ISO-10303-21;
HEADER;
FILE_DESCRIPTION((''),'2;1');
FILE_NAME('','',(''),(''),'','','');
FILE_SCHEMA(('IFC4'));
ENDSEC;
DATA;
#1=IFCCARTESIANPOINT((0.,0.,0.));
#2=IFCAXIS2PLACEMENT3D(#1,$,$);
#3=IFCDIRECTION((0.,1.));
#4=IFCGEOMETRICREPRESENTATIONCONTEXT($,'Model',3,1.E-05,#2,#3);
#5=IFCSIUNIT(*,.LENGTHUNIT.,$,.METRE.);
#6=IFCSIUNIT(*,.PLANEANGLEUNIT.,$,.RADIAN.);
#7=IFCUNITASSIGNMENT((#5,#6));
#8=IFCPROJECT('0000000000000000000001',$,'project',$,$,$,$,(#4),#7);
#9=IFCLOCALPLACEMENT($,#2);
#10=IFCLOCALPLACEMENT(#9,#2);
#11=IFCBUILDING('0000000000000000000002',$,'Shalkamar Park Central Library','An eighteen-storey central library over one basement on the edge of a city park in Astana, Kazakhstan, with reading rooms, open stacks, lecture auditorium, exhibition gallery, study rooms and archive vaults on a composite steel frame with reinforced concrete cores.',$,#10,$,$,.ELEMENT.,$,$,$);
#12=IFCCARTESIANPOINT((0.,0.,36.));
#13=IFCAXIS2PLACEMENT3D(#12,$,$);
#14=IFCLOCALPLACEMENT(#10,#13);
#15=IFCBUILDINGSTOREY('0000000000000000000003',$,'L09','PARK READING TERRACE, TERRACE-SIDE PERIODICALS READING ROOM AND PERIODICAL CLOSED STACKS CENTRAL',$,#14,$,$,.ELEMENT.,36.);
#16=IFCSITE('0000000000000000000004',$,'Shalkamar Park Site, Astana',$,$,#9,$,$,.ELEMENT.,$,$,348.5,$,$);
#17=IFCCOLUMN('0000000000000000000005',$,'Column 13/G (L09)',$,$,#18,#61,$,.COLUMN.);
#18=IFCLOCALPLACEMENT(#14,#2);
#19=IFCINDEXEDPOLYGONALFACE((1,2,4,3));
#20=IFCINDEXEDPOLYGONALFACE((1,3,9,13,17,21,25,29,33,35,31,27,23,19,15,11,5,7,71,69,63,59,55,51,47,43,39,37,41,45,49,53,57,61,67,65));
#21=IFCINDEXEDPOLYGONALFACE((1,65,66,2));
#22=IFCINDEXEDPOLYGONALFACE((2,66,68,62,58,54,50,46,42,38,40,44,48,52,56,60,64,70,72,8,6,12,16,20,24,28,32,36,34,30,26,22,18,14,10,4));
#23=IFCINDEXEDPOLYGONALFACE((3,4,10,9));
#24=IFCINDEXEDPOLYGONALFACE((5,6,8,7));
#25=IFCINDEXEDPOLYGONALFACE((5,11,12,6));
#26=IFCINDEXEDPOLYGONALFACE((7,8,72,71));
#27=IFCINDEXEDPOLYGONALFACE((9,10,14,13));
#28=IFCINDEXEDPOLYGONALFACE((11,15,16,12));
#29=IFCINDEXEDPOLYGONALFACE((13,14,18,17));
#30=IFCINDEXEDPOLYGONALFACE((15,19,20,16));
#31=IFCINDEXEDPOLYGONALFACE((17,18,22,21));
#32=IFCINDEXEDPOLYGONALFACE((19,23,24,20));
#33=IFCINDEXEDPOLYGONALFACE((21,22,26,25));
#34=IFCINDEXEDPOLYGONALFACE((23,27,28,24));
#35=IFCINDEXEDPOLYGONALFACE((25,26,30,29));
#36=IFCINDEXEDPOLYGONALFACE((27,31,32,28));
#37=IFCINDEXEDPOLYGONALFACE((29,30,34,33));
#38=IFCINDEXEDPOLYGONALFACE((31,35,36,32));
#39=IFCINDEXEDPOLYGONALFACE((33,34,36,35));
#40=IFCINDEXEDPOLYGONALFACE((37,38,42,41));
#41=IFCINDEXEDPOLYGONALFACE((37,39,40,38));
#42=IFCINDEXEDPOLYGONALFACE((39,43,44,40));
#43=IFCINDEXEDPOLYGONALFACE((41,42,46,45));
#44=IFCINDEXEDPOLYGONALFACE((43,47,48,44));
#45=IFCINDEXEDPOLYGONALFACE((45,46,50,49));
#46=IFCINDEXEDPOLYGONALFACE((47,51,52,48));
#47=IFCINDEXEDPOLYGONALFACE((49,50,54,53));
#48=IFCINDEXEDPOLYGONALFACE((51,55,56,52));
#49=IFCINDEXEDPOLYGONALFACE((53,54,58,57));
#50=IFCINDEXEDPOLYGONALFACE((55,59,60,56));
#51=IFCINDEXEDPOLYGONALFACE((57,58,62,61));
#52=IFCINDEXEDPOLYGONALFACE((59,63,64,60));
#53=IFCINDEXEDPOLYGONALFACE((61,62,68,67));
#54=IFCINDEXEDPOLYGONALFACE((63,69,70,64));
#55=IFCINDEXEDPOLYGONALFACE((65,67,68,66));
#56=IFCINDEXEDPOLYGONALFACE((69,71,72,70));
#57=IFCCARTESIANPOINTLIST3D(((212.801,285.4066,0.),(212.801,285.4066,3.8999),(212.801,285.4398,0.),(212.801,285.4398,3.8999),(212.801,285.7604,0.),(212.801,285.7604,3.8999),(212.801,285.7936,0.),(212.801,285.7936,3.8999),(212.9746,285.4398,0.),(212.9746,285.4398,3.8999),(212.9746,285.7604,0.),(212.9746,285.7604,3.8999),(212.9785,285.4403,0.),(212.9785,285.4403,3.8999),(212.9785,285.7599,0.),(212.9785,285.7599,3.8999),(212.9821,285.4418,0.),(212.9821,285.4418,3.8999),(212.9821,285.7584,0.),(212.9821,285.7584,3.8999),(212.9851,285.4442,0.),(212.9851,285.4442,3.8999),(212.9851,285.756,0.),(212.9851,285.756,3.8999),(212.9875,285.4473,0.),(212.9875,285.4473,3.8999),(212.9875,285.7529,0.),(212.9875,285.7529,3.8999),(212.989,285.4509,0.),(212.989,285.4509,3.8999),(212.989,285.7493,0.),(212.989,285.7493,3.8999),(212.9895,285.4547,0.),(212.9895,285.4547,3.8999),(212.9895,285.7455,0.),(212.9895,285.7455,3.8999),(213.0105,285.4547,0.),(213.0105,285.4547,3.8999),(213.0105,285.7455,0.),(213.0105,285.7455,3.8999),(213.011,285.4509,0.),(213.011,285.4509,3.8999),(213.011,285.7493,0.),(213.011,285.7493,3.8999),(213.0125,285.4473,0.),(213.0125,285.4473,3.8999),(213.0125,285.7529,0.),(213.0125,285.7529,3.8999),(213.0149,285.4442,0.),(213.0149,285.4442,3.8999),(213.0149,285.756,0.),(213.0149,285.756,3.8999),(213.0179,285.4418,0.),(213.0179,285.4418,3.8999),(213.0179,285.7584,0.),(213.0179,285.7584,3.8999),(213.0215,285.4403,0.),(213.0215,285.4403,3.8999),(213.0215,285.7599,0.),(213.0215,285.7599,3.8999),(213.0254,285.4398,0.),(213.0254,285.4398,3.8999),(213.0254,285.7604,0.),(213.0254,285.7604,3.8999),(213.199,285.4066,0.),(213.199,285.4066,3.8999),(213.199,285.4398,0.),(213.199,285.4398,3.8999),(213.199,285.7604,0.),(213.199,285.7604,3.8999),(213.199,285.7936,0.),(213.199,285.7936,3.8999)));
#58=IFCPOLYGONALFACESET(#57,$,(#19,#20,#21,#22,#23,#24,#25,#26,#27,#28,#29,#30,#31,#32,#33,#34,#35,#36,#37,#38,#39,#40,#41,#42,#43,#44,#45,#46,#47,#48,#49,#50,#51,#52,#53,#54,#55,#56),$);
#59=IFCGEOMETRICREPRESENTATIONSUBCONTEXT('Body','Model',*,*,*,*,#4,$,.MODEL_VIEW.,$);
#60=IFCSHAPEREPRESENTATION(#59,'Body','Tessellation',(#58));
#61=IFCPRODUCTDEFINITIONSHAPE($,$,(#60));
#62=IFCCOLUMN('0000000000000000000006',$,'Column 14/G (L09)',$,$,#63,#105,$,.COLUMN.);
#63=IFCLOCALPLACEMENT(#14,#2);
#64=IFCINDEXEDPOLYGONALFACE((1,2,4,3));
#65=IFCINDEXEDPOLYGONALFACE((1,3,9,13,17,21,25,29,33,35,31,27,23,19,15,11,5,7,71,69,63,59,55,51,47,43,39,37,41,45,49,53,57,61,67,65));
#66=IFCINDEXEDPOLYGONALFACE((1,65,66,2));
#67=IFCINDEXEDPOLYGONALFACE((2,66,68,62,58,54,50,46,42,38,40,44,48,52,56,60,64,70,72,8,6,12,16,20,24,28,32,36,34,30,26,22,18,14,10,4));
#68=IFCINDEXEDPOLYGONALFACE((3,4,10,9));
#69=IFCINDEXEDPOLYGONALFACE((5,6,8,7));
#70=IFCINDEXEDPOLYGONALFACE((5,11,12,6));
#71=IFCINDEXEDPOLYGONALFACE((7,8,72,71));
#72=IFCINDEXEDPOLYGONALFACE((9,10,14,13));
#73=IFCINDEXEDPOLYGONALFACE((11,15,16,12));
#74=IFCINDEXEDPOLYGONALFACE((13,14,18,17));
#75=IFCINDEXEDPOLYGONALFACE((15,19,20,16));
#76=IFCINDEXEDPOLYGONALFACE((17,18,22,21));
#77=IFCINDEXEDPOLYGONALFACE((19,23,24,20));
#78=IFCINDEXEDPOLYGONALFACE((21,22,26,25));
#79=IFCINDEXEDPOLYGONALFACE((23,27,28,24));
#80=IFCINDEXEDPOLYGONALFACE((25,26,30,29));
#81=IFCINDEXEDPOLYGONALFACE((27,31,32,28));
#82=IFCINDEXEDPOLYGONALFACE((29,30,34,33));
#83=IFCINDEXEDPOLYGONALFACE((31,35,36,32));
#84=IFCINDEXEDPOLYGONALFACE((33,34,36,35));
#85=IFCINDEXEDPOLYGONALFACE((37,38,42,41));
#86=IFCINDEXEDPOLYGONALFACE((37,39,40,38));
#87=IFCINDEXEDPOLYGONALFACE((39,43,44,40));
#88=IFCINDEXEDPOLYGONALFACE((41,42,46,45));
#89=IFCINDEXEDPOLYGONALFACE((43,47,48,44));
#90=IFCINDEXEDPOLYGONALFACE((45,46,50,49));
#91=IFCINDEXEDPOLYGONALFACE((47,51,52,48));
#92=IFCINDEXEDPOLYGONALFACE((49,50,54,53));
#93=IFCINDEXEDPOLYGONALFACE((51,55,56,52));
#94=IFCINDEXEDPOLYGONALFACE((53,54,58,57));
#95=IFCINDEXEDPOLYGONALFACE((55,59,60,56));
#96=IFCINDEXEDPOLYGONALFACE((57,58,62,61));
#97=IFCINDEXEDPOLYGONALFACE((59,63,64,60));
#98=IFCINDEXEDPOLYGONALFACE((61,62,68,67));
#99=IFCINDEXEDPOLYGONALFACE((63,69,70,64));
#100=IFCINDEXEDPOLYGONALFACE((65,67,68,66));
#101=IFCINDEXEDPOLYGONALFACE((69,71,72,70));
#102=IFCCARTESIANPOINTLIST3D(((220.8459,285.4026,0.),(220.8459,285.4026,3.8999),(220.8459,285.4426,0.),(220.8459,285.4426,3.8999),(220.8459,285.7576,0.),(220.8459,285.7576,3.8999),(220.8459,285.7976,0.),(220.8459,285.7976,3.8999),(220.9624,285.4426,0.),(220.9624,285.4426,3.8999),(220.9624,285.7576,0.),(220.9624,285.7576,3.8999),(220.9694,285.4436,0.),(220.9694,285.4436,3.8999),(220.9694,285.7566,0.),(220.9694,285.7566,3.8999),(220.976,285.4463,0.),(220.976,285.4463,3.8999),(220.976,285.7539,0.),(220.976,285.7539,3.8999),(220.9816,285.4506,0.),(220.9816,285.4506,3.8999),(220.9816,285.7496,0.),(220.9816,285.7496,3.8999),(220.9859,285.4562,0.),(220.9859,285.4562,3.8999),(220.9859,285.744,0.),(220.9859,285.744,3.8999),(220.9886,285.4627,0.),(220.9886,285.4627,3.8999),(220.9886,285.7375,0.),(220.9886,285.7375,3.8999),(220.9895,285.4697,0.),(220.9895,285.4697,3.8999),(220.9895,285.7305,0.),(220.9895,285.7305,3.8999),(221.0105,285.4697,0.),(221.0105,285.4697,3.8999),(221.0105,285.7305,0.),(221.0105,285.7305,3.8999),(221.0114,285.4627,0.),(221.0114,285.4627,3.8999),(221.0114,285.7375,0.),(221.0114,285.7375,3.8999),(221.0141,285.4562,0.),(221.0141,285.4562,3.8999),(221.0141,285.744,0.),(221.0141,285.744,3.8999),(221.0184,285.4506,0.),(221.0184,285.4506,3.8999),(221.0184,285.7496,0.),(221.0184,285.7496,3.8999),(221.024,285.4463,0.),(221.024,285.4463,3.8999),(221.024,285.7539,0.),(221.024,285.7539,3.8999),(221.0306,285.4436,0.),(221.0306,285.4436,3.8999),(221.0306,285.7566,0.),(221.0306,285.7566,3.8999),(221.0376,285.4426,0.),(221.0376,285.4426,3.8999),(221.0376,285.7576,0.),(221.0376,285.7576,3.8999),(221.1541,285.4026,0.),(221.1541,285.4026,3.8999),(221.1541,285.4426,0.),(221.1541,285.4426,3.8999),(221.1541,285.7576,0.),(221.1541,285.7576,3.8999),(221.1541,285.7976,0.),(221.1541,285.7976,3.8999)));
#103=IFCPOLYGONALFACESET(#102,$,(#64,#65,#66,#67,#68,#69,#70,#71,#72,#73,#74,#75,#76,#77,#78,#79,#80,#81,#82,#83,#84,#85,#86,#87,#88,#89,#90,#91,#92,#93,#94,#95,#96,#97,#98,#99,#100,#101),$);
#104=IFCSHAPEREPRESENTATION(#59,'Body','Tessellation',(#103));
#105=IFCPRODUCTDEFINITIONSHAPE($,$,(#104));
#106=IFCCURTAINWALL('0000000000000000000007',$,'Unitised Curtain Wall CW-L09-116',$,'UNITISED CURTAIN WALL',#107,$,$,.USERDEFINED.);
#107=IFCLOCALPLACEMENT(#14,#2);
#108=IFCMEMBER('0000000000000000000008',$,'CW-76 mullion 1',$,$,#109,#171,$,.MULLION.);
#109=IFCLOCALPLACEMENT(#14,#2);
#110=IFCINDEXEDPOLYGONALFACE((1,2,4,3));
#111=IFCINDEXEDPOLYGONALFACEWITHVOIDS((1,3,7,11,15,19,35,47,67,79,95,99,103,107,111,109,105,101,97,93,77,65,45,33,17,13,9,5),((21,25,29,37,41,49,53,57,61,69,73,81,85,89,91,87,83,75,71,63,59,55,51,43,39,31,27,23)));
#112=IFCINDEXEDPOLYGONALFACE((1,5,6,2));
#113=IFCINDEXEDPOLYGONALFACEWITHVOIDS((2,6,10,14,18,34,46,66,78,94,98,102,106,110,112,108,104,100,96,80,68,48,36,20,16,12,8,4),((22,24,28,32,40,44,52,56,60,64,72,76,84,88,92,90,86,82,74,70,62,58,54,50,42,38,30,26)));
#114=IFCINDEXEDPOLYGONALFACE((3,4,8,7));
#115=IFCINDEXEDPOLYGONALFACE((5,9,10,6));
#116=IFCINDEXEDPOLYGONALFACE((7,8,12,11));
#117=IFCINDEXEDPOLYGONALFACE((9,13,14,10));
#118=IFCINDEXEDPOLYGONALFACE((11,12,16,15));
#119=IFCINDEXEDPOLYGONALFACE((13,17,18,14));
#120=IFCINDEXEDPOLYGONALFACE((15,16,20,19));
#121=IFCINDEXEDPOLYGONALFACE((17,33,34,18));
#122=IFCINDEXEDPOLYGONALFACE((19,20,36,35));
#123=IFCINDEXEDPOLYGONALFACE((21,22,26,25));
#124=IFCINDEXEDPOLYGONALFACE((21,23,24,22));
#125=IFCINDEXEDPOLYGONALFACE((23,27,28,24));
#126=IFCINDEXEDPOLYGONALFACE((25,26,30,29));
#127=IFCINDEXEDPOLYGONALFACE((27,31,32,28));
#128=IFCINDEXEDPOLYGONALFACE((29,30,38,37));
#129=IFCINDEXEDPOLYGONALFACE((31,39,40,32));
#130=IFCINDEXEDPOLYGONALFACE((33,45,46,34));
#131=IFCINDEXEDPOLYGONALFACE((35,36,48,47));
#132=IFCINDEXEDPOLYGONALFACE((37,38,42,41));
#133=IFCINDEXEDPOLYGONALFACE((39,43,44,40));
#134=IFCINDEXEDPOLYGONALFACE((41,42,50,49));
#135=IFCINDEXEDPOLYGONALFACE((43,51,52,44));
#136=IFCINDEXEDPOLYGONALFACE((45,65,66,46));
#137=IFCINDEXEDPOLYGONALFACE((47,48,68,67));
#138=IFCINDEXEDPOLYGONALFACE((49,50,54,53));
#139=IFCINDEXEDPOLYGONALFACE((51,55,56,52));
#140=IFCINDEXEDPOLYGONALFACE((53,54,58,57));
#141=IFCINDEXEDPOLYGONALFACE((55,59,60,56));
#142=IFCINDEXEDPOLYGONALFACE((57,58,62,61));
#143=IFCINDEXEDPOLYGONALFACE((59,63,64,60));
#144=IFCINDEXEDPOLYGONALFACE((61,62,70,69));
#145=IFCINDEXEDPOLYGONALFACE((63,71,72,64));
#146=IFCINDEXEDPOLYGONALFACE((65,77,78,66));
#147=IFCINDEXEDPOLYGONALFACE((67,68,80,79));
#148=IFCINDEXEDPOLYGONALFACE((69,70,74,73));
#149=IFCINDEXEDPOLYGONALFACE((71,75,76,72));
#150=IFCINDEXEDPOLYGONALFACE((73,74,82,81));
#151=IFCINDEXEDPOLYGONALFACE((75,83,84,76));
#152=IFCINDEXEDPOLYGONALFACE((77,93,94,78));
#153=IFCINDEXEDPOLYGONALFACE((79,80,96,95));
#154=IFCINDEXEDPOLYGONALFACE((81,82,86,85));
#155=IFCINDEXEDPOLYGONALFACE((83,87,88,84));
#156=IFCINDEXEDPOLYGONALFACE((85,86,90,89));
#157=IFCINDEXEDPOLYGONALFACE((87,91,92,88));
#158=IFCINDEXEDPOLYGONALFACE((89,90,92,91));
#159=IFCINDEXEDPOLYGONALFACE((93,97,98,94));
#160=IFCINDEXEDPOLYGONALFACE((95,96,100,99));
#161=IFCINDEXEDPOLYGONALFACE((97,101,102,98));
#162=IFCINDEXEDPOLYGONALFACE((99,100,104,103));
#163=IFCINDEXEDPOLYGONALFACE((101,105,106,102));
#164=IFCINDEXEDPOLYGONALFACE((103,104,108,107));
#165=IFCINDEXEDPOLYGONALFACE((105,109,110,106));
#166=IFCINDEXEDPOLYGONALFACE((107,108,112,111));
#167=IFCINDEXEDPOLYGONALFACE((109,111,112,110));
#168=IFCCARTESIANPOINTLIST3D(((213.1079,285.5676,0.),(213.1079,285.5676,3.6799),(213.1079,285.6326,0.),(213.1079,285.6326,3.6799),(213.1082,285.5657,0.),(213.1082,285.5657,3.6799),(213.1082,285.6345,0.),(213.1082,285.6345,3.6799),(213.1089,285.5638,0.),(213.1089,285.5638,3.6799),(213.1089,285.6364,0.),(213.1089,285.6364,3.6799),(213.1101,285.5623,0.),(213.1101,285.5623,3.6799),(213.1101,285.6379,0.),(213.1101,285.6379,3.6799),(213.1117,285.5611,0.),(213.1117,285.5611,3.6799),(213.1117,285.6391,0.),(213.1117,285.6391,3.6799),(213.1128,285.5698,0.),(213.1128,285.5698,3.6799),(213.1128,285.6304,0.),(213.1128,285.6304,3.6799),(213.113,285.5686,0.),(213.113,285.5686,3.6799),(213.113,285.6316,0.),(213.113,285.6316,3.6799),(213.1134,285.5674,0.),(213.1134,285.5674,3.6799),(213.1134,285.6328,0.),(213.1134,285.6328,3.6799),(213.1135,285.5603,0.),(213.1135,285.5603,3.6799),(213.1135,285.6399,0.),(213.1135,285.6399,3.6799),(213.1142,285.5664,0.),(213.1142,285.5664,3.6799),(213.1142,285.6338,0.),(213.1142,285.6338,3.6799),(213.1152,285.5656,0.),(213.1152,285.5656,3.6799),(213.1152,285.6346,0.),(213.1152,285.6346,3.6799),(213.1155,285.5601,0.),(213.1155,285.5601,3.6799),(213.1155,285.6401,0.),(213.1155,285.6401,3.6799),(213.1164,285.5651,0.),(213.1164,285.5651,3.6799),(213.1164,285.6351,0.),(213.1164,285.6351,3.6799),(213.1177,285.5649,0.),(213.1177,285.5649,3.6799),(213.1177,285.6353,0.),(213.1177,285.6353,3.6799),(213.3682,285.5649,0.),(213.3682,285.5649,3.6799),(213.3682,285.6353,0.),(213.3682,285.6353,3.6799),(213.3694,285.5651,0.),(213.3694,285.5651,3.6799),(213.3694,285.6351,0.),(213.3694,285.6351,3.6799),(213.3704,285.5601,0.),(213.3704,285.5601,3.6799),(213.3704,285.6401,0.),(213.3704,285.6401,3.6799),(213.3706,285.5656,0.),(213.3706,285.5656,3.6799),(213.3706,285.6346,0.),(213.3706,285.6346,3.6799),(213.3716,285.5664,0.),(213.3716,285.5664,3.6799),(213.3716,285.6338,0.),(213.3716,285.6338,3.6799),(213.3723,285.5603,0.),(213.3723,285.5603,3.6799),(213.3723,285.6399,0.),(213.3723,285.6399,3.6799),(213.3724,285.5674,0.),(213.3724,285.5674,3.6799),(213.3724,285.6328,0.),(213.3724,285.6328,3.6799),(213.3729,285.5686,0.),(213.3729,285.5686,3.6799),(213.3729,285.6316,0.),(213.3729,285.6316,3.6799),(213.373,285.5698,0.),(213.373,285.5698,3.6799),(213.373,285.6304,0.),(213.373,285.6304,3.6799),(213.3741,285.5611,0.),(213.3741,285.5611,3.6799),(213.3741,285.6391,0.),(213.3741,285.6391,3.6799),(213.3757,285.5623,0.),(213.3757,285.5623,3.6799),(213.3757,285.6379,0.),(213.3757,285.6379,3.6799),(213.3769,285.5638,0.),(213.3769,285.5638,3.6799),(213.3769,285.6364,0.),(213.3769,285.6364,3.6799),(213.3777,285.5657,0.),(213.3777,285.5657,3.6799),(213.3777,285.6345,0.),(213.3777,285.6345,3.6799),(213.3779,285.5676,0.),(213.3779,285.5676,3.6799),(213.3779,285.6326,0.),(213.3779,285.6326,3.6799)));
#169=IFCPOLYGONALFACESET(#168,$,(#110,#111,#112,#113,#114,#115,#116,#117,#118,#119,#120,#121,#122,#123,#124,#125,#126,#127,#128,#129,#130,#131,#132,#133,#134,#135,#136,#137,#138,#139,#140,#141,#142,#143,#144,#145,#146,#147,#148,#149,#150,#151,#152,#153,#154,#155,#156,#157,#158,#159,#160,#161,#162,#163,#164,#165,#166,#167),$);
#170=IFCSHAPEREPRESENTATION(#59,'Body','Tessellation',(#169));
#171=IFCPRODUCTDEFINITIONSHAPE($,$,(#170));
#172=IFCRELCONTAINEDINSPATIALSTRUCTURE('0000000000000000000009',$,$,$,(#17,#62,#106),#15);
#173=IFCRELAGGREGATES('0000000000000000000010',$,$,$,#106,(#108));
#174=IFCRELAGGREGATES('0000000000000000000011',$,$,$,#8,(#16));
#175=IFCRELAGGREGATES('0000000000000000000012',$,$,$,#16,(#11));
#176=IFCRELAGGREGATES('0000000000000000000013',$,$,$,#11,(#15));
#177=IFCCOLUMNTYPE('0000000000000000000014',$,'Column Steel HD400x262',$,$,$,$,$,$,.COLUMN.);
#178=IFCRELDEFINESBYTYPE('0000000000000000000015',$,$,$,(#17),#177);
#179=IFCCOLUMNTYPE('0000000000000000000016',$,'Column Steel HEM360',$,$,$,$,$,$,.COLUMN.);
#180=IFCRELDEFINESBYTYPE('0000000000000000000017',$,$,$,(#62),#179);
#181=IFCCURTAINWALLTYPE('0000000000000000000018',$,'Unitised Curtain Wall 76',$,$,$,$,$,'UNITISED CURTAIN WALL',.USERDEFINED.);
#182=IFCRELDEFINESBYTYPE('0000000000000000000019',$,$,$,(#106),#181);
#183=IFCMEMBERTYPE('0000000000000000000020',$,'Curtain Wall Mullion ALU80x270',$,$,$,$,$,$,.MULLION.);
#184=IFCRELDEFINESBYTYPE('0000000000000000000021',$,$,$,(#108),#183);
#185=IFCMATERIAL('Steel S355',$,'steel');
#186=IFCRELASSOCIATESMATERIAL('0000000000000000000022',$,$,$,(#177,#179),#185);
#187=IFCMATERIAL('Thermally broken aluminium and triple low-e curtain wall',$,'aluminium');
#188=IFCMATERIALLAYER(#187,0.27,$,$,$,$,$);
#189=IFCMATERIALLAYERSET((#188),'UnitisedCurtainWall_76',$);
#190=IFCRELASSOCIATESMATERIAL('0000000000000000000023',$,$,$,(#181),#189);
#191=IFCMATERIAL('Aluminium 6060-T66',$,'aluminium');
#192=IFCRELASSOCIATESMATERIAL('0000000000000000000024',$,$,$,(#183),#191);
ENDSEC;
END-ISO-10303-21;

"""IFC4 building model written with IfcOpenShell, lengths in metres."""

from ifc_helpers import new_model, si_unit, direction, frame, origin, origin_2d, place, context, subcontext, project, spatial, hollow_rectangle, i_section, extrude, material, layer, layer_set, material_profile, profile_set, type_object, element, aggregate, save


model = new_model("IFC4")

# Units and contexts
model_context = context("Model", 3, precision=1e-05, world=origin(), true_north=direction((0.0, 1.0)))
body_context = subcontext(model_context, "Body", "Model", "MODEL_VIEW")
ifc_project = project(units=[si_unit("LENGTHUNIT", "METRE"), si_unit("PLANEANGLEUNIT", "RADIAN")], contexts=[model_context])

# Site, building, storey
site_placement = place(None, origin())
site = spatial("IfcSite", under=ifc_project, at=site_placement, Name="Shalkamar Park Site, Astana", CompositionType="ELEMENT", RefElevation=348.5)
building_placement = place(site_placement, origin())
building = spatial("IfcBuilding", under=site, at=building_placement, Name="Shalkamar Park Central Library", Description="An eighteen-storey central library over one basement on the edge of a city park in Astana, Kazakhstan, with reading rooms, open stacks, lecture auditorium, exhibition gallery, study rooms and archive vaults on a composite steel frame with reinforced concrete cores.", CompositionType="ELEMENT")
storey_placement = place(building_placement, frame((0.0, 0.0, 36.0)))
storey = spatial("IfcBuildingStorey", under=building, at=storey_placement, Name="L09", Description="PARK READING TERRACE, TERRACE-SIDE PERIODICALS READING ROOM AND PERIODICAL CLOSED STACKS CENTRAL", CompositionType="ELEMENT", Elevation=36.0)

# Columns
ifc_material_1 = material(Name="Steel S355", Category="steel")
ifc_material_profile_1 = material_profile(ifc_material_1, i_section(OverallWidth=0.3979, OverallDepth=0.387, WebThickness=0.021, FlangeThickness=0.0332, FilletRadius=0.0149, at=origin_2d()), Name="HD 400x262")
ifc_profile_set_1 = profile_set([ifc_material_profile_1], Name="Steel S355")
column_type_1 = type_object("IfcColumnType", Name="Column Steel HD400x262", PredefinedType="COLUMN", material=ifc_profile_set_1)
column_1_placement = place(storey_placement, frame((213.0, 285.6001, 0.0), z_axis=(0.0, 0.0, 1.0), x_axis=(1.0, 0.0, 0.0)))
element("IfcColumn", 1, at=column_1_placement, inside=storey, type_object=column_type_1, Name="Column 13/G (L09)", PredefinedType="COLUMN", context=body_context, shape_type="SweptSolid", body=[
    extrude(i_section(OverallWidth=0.3979, OverallDepth=0.387, WebThickness=0.021, FlangeThickness=0.0332, FilletRadius=0.0149, at=origin_2d()), origin(), (0.0, 0.0, 1.0), 3.8999),
])
ifc_material_profile_2 = material_profile(ifc_material_1, i_section(OverallWidth=0.3081, OverallDepth=0.395, WebThickness=0.021, FlangeThickness=0.04, FilletRadius=0.0271, at=origin_2d()), Name="HEM 360")
ifc_profile_set_2 = profile_set([ifc_material_profile_2], Name="Steel S355")
column_type_2 = type_object("IfcColumnType", Name="Column Steel HEM360", PredefinedType="COLUMN", material=ifc_profile_set_2)
column_2_placement = place(storey_placement, frame((221.0, 285.6001, 0.0), z_axis=(0.0, 0.0, 1.0), x_axis=(1.0, 0.0, 0.0)))
element("IfcColumn", 2, at=column_2_placement, inside=storey, type_object=column_type_2, Name="Column 14/G (L09)", PredefinedType="COLUMN", context=body_context, shape_type="SweptSolid", body=[
    extrude(i_section(OverallWidth=0.3081, OverallDepth=0.395, WebThickness=0.021, FlangeThickness=0.04, FilletRadius=0.0271, at=origin_2d()), origin(), (0.0, 0.0, 1.0), 3.8999),
])

# Curtain wall, member
ifc_material_2 = material(Name="Thermally broken aluminium and triple low-e curtain wall", Category="aluminium")
ifc_layer_1 = layer(ifc_material_2, 0.27)
ifc_layer_set_1 = layer_set([ifc_layer_1], Name="UnitisedCurtainWall_76")
curtain_wall_type_1 = type_object("IfcCurtainWallType", Name="Unitised Curtain Wall 76", ElementType="UNITISED CURTAIN WALL", PredefinedType="USERDEFINED", material=ifc_layer_set_1)
curtain_wall_1_placement = place(storey_placement, origin())
curtain_wall_1 = element("IfcCurtainWall", 3, at=curtain_wall_1_placement, inside=storey, type_object=curtain_wall_type_1, Name="Unitised Curtain Wall CW-L09-116", ObjectType="UNITISED CURTAIN WALL", PredefinedType="USERDEFINED")
ifc_material_3 = material(Name="Aluminium 6060-T66", Category="aluminium")
ifc_material_profile_3 = material_profile(ifc_material_3, hollow_rectangle(XDim=0.0801, YDim=0.27, WallThickness=0.0049, InnerFilletRadius=0.0049, OuterFilletRadius=0.0076, at=origin_2d()), Name="ALU 80x270x5")
ifc_profile_set_3 = profile_set([ifc_material_profile_3], Name="Aluminium 6060-T66")
member_type_1 = type_object("IfcMemberType", Name="Curtain Wall Mullion ALU80x270", PredefinedType="MULLION", material=ifc_profile_set_3)
member_1_placement = place(storey_placement, frame((213.2429, 285.6001, 0.0), z_axis=(0.0, 0.0, 1.0), x_axis=(0.0, 1.0, 0.0)))
member_1 = element("IfcMember", 4, at=member_1_placement, type_object=member_type_1, Name="CW-76 mullion 1", PredefinedType="MULLION", context=body_context, shape_type="SweptSolid", body=[
    extrude(hollow_rectangle(XDim=0.0801, YDim=0.27, WallThickness=0.0049, InnerFilletRadius=0.0049, OuterFilletRadius=0.0076, at=origin_2d()), origin(), (0.0, 0.0, 1.0), 3.6799),
])

aggregate(curtain_wall_1, [member_1])

save(model, "model.ifc")
